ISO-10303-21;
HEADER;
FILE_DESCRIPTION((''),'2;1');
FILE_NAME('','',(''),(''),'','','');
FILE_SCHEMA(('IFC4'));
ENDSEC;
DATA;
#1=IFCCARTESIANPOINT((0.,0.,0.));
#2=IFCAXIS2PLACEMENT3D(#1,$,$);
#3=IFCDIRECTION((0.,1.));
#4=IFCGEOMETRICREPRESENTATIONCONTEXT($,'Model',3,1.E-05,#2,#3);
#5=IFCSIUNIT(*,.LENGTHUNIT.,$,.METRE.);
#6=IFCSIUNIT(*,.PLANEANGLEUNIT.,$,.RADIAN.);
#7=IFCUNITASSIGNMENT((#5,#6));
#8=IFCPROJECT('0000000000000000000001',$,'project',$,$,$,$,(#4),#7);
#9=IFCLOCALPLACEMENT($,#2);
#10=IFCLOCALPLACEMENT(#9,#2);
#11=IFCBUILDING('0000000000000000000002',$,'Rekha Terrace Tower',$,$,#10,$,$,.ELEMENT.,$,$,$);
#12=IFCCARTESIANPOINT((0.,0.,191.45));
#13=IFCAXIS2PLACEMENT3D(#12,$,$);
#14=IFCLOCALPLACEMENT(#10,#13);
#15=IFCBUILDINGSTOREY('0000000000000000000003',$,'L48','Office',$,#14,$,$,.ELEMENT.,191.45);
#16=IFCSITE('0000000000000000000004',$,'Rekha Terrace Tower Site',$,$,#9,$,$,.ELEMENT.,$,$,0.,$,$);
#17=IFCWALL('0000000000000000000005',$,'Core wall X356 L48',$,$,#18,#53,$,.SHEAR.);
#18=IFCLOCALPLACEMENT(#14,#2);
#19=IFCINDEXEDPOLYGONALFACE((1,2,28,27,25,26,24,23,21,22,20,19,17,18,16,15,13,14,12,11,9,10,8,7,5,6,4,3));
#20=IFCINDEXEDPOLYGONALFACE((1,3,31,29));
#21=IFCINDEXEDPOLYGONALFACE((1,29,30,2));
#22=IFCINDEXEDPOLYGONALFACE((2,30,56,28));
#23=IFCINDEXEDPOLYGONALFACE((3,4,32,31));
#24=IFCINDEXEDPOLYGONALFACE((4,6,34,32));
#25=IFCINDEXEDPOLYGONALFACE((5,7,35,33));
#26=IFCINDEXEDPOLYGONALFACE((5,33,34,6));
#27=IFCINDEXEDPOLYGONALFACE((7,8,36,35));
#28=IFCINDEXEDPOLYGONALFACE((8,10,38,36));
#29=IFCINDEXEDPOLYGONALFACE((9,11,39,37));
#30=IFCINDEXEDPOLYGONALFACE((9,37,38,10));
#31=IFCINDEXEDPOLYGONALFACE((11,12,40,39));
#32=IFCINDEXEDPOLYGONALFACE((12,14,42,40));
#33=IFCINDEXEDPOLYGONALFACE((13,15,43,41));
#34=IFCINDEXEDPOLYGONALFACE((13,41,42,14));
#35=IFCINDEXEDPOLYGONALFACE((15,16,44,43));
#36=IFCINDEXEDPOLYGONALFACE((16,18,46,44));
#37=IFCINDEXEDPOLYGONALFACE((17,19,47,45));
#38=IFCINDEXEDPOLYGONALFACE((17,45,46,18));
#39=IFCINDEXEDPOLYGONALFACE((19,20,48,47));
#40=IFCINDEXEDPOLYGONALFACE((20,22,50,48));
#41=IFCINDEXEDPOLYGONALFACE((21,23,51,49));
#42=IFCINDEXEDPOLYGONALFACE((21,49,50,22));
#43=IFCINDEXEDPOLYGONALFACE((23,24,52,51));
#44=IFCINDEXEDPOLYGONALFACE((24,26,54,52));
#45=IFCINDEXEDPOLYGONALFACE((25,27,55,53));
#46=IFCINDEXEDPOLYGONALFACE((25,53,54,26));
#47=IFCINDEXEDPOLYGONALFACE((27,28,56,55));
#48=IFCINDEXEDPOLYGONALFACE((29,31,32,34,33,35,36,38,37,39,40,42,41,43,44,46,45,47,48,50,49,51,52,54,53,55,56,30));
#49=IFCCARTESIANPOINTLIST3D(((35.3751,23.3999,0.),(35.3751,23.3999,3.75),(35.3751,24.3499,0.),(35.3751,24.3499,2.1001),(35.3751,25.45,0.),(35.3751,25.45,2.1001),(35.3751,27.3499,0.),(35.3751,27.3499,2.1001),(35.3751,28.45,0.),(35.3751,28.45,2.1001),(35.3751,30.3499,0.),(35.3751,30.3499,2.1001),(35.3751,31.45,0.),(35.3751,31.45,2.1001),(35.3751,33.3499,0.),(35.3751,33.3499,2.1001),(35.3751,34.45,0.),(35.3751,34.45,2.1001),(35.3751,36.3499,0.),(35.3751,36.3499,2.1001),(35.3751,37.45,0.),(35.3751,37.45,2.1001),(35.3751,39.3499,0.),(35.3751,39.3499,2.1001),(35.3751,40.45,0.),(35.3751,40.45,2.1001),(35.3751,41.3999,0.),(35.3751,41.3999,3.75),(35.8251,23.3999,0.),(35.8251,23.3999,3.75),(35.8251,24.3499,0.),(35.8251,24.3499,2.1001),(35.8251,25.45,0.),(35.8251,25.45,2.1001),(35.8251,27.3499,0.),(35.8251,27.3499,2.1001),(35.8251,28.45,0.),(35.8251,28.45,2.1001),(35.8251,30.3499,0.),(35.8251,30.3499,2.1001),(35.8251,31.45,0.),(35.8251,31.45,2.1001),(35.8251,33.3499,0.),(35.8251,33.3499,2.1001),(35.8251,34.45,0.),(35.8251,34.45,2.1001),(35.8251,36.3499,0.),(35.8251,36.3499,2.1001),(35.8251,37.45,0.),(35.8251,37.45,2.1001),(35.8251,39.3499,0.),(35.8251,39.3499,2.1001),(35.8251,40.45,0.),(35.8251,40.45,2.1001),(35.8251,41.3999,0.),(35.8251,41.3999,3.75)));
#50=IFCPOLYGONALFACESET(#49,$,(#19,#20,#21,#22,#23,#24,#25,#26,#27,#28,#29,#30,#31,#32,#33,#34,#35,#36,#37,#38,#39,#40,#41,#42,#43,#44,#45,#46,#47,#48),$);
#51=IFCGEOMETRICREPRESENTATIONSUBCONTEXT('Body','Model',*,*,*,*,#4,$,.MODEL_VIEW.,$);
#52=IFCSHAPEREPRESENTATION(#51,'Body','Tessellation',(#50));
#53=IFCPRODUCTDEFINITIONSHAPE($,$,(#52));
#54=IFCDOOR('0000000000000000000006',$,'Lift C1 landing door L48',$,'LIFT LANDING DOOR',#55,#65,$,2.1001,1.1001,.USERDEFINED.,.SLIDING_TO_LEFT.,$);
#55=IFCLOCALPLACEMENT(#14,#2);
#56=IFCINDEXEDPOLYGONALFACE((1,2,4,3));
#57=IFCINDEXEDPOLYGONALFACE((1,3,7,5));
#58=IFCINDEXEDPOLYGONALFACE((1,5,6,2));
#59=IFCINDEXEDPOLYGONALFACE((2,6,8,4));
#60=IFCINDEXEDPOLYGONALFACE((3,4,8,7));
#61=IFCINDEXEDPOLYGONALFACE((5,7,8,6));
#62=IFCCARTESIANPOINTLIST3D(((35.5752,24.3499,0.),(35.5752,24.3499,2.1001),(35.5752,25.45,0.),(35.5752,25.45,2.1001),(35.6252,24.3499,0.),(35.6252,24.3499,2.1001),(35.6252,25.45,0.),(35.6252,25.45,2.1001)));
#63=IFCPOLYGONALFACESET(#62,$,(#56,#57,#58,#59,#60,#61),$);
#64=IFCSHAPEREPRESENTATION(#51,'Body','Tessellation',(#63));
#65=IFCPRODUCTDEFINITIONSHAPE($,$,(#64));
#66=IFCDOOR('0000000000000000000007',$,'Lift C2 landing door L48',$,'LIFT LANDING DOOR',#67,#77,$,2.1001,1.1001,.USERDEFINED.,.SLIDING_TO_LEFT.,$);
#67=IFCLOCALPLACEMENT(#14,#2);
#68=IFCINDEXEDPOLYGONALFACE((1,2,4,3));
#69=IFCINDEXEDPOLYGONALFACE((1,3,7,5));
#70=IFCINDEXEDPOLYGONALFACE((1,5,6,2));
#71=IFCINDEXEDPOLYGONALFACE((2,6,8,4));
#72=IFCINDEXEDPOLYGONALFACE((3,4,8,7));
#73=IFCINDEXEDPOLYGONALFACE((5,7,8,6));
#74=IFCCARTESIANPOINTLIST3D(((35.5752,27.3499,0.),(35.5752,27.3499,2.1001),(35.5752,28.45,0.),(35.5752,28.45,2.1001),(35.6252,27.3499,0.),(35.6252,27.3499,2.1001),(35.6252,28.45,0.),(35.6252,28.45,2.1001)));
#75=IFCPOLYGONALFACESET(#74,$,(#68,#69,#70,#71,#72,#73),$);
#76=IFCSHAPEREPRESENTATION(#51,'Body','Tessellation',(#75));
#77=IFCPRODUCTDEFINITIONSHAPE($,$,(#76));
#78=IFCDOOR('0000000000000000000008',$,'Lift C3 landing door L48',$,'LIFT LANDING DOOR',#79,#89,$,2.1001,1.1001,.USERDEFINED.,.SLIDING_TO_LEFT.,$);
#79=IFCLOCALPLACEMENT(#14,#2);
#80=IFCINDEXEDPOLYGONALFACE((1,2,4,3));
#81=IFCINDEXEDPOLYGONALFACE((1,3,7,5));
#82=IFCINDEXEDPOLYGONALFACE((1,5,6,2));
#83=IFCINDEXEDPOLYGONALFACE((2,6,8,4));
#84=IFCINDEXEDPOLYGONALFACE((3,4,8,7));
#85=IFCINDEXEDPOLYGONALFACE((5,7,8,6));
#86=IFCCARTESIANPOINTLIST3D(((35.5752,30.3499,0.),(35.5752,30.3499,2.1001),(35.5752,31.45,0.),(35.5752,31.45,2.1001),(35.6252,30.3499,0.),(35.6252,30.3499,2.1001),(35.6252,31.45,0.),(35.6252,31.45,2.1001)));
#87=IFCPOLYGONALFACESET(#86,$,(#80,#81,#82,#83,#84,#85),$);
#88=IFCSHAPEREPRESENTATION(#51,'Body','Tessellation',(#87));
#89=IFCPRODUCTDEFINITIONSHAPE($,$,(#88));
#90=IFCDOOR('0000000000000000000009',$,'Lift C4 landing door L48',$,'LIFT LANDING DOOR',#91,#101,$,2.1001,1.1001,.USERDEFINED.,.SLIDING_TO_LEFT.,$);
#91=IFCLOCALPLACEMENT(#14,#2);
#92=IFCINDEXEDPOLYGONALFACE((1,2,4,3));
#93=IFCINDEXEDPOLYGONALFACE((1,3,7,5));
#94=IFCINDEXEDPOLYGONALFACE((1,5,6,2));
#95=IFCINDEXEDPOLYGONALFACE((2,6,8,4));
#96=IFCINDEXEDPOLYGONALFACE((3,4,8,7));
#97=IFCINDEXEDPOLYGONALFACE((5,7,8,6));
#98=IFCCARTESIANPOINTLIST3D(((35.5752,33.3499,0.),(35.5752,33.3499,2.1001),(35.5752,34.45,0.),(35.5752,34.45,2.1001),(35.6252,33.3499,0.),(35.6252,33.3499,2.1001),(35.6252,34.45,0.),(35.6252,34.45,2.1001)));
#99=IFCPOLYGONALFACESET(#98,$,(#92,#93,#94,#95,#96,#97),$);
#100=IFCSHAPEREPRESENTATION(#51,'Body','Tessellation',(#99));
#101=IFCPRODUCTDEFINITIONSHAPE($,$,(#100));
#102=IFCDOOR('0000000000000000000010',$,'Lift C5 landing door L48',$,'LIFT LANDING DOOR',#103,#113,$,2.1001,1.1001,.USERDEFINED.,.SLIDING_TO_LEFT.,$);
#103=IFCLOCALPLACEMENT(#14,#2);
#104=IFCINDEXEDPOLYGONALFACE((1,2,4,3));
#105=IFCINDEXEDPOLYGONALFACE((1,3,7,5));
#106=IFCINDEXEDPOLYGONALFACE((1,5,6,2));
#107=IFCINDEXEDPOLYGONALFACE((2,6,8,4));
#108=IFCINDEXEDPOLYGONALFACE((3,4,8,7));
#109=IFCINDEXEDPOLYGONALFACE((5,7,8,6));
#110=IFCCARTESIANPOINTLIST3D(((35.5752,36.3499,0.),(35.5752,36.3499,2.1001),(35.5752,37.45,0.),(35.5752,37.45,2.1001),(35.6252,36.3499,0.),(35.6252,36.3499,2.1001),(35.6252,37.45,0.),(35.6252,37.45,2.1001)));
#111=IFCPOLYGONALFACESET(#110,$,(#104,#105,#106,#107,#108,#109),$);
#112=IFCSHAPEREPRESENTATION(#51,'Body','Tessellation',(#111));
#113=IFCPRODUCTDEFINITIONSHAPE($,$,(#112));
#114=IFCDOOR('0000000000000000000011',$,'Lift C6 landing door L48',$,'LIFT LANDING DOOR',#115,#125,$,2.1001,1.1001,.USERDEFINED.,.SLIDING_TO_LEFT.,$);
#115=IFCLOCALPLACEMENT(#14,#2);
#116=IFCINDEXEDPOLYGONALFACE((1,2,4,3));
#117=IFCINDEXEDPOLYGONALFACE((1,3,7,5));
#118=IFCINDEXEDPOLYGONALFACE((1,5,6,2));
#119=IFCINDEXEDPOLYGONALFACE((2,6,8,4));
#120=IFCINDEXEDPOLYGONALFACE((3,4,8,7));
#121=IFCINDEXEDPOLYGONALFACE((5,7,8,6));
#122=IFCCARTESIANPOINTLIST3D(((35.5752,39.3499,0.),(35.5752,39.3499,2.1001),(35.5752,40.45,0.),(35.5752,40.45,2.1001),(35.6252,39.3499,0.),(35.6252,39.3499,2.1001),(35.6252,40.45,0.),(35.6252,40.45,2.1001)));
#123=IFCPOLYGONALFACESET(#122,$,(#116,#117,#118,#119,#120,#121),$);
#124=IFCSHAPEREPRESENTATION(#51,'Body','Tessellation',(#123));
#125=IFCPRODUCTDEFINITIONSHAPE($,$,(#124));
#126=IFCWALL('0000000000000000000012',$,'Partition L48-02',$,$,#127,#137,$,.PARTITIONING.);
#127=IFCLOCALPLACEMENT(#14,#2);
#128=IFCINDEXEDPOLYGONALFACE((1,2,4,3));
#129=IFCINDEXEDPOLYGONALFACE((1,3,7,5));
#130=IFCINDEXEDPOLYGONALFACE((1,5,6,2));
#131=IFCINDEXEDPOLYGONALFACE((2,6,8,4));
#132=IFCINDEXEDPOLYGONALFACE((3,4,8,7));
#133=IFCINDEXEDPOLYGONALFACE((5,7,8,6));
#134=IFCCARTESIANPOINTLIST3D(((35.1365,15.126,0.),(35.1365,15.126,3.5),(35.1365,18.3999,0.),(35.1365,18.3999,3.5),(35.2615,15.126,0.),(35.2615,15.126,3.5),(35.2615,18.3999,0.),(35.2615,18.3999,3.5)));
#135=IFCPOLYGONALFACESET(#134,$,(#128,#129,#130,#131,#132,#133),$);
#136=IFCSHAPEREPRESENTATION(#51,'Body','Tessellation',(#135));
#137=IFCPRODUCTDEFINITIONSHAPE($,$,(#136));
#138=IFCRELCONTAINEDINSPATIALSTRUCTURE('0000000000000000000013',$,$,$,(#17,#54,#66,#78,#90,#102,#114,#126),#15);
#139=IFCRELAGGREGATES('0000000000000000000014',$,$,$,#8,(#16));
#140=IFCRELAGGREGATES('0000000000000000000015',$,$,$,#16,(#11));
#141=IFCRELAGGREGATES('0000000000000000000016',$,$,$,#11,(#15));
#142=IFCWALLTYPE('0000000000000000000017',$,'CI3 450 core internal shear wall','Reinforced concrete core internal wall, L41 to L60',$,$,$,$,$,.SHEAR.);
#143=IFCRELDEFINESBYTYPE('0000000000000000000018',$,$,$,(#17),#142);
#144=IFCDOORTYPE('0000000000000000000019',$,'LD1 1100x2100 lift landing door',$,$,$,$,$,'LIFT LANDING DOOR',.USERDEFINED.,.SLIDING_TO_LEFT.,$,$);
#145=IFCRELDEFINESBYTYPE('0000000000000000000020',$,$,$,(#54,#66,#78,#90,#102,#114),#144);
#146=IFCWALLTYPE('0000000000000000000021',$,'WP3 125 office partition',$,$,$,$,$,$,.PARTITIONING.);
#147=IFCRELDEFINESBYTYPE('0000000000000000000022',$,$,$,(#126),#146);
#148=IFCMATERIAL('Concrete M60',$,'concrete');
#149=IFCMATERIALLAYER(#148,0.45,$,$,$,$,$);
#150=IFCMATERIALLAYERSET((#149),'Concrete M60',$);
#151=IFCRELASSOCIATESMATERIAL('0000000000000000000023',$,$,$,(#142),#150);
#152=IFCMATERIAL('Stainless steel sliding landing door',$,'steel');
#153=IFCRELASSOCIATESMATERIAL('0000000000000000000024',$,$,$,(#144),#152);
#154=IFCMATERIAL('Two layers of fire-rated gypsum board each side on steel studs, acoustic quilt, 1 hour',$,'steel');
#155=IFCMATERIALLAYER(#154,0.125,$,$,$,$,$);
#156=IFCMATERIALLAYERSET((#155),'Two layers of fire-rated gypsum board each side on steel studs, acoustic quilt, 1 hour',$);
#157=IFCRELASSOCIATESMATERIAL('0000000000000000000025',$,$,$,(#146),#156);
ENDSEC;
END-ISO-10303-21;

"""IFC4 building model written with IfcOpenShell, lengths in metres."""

from ifc_helpers import new_model, si_unit, direction, frame, frame_2d, origin, place, context, subcontext, project, spatial, rectangle, extrude, material, layer, layer_set, type_object, element, fill, save


model = new_model("IFC4")

# Units and contexts
model_context = context("Model", 3, precision=1e-05, world=origin(), true_north=direction((0.0, 1.0)))
body_context = subcontext(model_context, "Body", "Model", "MODEL_VIEW")
ifc_project = project(units=[si_unit("LENGTHUNIT", "METRE"), si_unit("PLANEANGLEUNIT", "RADIAN")], contexts=[model_context])

# Site, building, storey
site_placement = place(None, origin())
site = spatial("IfcSite", under=ifc_project, at=site_placement, Name="Rekha Terrace Tower Site", CompositionType="ELEMENT", RefElevation=0.0)
building_placement = place(site_placement, origin())
building = spatial("IfcBuilding", under=site, at=building_placement, Name="Rekha Terrace Tower", CompositionType="ELEMENT")
storey_placement = place(building_placement, frame((0.0, 0.0, 191.45)))
storey = spatial("IfcBuildingStorey", under=building, at=storey_placement, Name="L48", Description="Office", CompositionType="ELEMENT", Elevation=191.45)

# Shared definitions
ifc_material_1 = material(Name="Concrete M60", Category="concrete")

# Wall, openings, doors
ifc_layer_1 = layer(ifc_material_1, 0.45)
ifc_layer_set_1 = layer_set([ifc_layer_1], Name="Concrete M60")
wall_type_1 = type_object("IfcWallType", Name="CI3 450 core internal shear wall", Description="Reinforced concrete core internal wall, L41 to L60", PredefinedType="SHEAR", material=ifc_layer_set_1)
wall_1_placement = place(storey_placement, frame((35.6001, 23.3999, 0.0), z_axis=(0.0, 0.0, 1.0), x_axis=(0.0, 1.0, 0.0)))
wall_1 = element("IfcWall", 1, at=wall_1_placement, inside=storey, type_object=wall_type_1, Name="Core wall X356 L48", PredefinedType="SHEAR", context=body_context, shape_type="SweptSolid", body=[
    extrude(rectangle(XDim=18.0, YDim=0.45, at=frame_2d((9.0, 0.0))), origin(), (0.0, 0.0, 1.0), 3.75),
])
opening_1_placement = place(wall_1_placement, frame((0.95, 0.0, 0.0)))
opening_1 = element("IfcOpeningElement", 2, at=opening_1_placement, cuts=wall_1, PredefinedType="OPENING", context=body_context, shape_type="SweptSolid", body=[
    extrude(rectangle(XDim=1.1001, YDim=2.1001, at=frame_2d((0.55, 1.05))), frame((0.0, 0.2349, 0.0), z_axis=(0.0, -1.0, 0.0), x_axis=(1.0, 0.0, 0.0)), (0.0, 0.0, 1.0), 0.47),
])
opening_2_placement = place(wall_1_placement, frame((3.95, 0.0, 0.0)))
opening_2 = element("IfcOpeningElement", 3, at=opening_2_placement, cuts=wall_1, PredefinedType="OPENING", context=body_context, shape_type="SweptSolid", body=[
    extrude(rectangle(XDim=1.1001, YDim=2.1001, at=frame_2d((0.55, 1.05))), frame((0.0, 0.2349, 0.0), z_axis=(0.0, -1.0, 0.0), x_axis=(1.0, 0.0, 0.0)), (0.0, 0.0, 1.0), 0.47),
])
opening_3_placement = place(wall_1_placement, frame((6.95, 0.0, 0.0)))
opening_3 = element("IfcOpeningElement", 4, at=opening_3_placement, cuts=wall_1, PredefinedType="OPENING", context=body_context, shape_type="SweptSolid", body=[
    extrude(rectangle(XDim=1.1001, YDim=2.1001, at=frame_2d((0.55, 1.05))), frame((0.0, 0.2349, 0.0), z_axis=(0.0, -1.0, 0.0), x_axis=(1.0, 0.0, 0.0)), (0.0, 0.0, 1.0), 0.47),
])
opening_4_placement = place(wall_1_placement, frame((9.95, 0.0, 0.0)))
opening_4 = element("IfcOpeningElement", 5, at=opening_4_placement, cuts=wall_1, PredefinedType="OPENING", context=body_context, shape_type="SweptSolid", body=[
    extrude(rectangle(XDim=1.1001, YDim=2.1001, at=frame_2d((0.55, 1.05))), frame((0.0, 0.2349, 0.0), z_axis=(0.0, -1.0, 0.0), x_axis=(1.0, 0.0, 0.0)), (0.0, 0.0, 1.0), 0.47),
])
opening_5_placement = place(wall_1_placement, frame((12.95, 0.0, 0.0)))
opening_5 = element("IfcOpeningElement", 6, at=opening_5_placement, cuts=wall_1, PredefinedType="OPENING", context=body_context, shape_type="SweptSolid", body=[
    extrude(rectangle(XDim=1.1001, YDim=2.1001, at=frame_2d((0.55, 1.05))), frame((0.0, 0.2349, 0.0), z_axis=(0.0, -1.0, 0.0), x_axis=(1.0, 0.0, 0.0)), (0.0, 0.0, 1.0), 0.47),
])
opening_6_placement = place(wall_1_placement, frame((15.95, 0.0, 0.0)))
opening_6 = element("IfcOpeningElement", 7, at=opening_6_placement, cuts=wall_1, PredefinedType="OPENING", context=body_context, shape_type="SweptSolid", body=[
    extrude(rectangle(XDim=1.1001, YDim=2.1001, at=frame_2d((0.55, 1.05))), frame((0.0, 0.2349, 0.0), z_axis=(0.0, -1.0, 0.0), x_axis=(1.0, 0.0, 0.0)), (0.0, 0.0, 1.0), 0.47),
])
ifc_material_2 = material(Name="Stainless steel sliding landing door", Category="steel")
door_type_1 = type_object("IfcDoorType", Name="LD1 1100x2100 lift landing door", ElementType="LIFT LANDING DOOR", OperationType="SLIDING_TO_LEFT", PredefinedType="USERDEFINED", material=ifc_material_2)
door_1_placement = place(opening_1_placement, origin())
door_1 = element("IfcDoor", 8, at=door_1_placement, inside=storey, type_object=door_type_1, Name="Lift C1 landing door L48", ObjectType="LIFT LANDING DOOR", OperationType="SLIDING_TO_LEFT", OverallHeight=2.1001, OverallWidth=1.1001, PredefinedType="USERDEFINED", context=body_context, shape_type="SweptSolid", body=[
    extrude(rectangle(XDim=1.1001, YDim=2.1001, at=frame_2d((0.55, 1.05))), frame((0.0, 0.0249, 0.0), z_axis=(0.0, -1.0, 0.0), x_axis=(1.0, 0.0, 0.0)), (0.0, 0.0, 1.0), 0.05),
])
fill(opening_1, door_1)
door_2_placement = place(opening_2_placement, origin())
door_2 = element("IfcDoor", 9, at=door_2_placement, inside=storey, type_object=door_type_1, Name="Lift C2 landing door L48", ObjectType="LIFT LANDING DOOR", OperationType="SLIDING_TO_LEFT", OverallHeight=2.1001, OverallWidth=1.1001, PredefinedType="USERDEFINED", context=body_context, shape_type="SweptSolid", body=[
    extrude(rectangle(XDim=1.1001, YDim=2.1001, at=frame_2d((0.55, 1.05))), frame((0.0, 0.0249, 0.0), z_axis=(0.0, -1.0, 0.0), x_axis=(1.0, 0.0, 0.0)), (0.0, 0.0, 1.0), 0.05),
])
fill(opening_2, door_2)
door_3_placement = place(opening_3_placement, origin())
door_3 = element("IfcDoor", 10, at=door_3_placement, inside=storey, type_object=door_type_1, Name="Lift C3 landing door L48", ObjectType="LIFT LANDING DOOR", OperationType="SLIDING_TO_LEFT", OverallHeight=2.1001, OverallWidth=1.1001, PredefinedType="USERDEFINED", context=body_context, shape_type="SweptSolid", body=[
    extrude(rectangle(XDim=1.1001, YDim=2.1001, at=frame_2d((0.55, 1.05))), frame((0.0, 0.0249, 0.0), z_axis=(0.0, -1.0, 0.0), x_axis=(1.0, 0.0, 0.0)), (0.0, 0.0, 1.0), 0.05),
])
fill(opening_3, door_3)
door_4_placement = place(opening_4_placement, origin())
door_4 = element("IfcDoor", 11, at=door_4_placement, inside=storey, type_object=door_type_1, Name="Lift C4 landing door L48", ObjectType="LIFT LANDING DOOR", OperationType="SLIDING_TO_LEFT", OverallHeight=2.1001, OverallWidth=1.1001, PredefinedType="USERDEFINED", context=body_context, shape_type="SweptSolid", body=[
    extrude(rectangle(XDim=1.1001, YDim=2.1001, at=frame_2d((0.55, 1.05))), frame((0.0, 0.0249, 0.0), z_axis=(0.0, -1.0, 0.0), x_axis=(1.0, 0.0, 0.0)), (0.0, 0.0, 1.0), 0.05),
])
fill(opening_4, door_4)
door_5_placement = place(opening_5_placement, origin())
door_5 = element("IfcDoor", 12, at=door_5_placement, inside=storey, type_object=door_type_1, Name="Lift C5 landing door L48", ObjectType="LIFT LANDING DOOR", OperationType="SLIDING_TO_LEFT", OverallHeight=2.1001, OverallWidth=1.1001, PredefinedType="USERDEFINED", context=body_context, shape_type="SweptSolid", body=[
    extrude(rectangle(XDim=1.1001, YDim=2.1001, at=frame_2d((0.55, 1.05))), frame((0.0, 0.0249, 0.0), z_axis=(0.0, -1.0, 0.0), x_axis=(1.0, 0.0, 0.0)), (0.0, 0.0, 1.0), 0.05),
])
fill(opening_5, door_5)
door_6_placement = place(opening_6_placement, origin())
door_6 = element("IfcDoor", 13, at=door_6_placement, inside=storey, type_object=door_type_1, Name="Lift C6 landing door L48", ObjectType="LIFT LANDING DOOR", OperationType="SLIDING_TO_LEFT", OverallHeight=2.1001, OverallWidth=1.1001, PredefinedType="USERDEFINED", context=body_context, shape_type="SweptSolid", body=[
    extrude(rectangle(XDim=1.1001, YDim=2.1001, at=frame_2d((0.55, 1.05))), frame((0.0, 0.0249, 0.0), z_axis=(0.0, -1.0, 0.0), x_axis=(1.0, 0.0, 0.0)), (0.0, 0.0, 1.0), 0.05),
])
fill(opening_6, door_6)

# Wall
ifc_material_3 = material(Name="Two layers of fire-rated gypsum board each side on steel studs, acoustic quilt, 1 hour", Category="steel")
ifc_layer_2 = layer(ifc_material_3, 0.125)
ifc_layer_set_2 = layer_set([ifc_layer_2], Name="Two layers of fire-rated gypsum board each side on steel studs, acoustic quilt, 1 hour")
wall_type_2 = type_object("IfcWallType", Name="WP3 125 office partition", PredefinedType="PARTITIONING", material=ifc_layer_set_2)
wall_2_placement = place(storey_placement, frame((35.199, 15.126, 0.0), z_axis=(0.0, 0.0, 1.0), x_axis=(0.0, 1.0, 0.0)))
element("IfcWall", 14, at=wall_2_placement, inside=storey, type_object=wall_type_2, Name="Partition L48-02", PredefinedType="PARTITIONING", context=body_context, shape_type="SweptSolid", body=[
    extrude(rectangle(XDim=3.2739, YDim=0.125, at=frame_2d((1.637, 0.0))), origin(), (0.0, 0.0, 1.0), 3.5),
])

save(model, "model.ifc")
